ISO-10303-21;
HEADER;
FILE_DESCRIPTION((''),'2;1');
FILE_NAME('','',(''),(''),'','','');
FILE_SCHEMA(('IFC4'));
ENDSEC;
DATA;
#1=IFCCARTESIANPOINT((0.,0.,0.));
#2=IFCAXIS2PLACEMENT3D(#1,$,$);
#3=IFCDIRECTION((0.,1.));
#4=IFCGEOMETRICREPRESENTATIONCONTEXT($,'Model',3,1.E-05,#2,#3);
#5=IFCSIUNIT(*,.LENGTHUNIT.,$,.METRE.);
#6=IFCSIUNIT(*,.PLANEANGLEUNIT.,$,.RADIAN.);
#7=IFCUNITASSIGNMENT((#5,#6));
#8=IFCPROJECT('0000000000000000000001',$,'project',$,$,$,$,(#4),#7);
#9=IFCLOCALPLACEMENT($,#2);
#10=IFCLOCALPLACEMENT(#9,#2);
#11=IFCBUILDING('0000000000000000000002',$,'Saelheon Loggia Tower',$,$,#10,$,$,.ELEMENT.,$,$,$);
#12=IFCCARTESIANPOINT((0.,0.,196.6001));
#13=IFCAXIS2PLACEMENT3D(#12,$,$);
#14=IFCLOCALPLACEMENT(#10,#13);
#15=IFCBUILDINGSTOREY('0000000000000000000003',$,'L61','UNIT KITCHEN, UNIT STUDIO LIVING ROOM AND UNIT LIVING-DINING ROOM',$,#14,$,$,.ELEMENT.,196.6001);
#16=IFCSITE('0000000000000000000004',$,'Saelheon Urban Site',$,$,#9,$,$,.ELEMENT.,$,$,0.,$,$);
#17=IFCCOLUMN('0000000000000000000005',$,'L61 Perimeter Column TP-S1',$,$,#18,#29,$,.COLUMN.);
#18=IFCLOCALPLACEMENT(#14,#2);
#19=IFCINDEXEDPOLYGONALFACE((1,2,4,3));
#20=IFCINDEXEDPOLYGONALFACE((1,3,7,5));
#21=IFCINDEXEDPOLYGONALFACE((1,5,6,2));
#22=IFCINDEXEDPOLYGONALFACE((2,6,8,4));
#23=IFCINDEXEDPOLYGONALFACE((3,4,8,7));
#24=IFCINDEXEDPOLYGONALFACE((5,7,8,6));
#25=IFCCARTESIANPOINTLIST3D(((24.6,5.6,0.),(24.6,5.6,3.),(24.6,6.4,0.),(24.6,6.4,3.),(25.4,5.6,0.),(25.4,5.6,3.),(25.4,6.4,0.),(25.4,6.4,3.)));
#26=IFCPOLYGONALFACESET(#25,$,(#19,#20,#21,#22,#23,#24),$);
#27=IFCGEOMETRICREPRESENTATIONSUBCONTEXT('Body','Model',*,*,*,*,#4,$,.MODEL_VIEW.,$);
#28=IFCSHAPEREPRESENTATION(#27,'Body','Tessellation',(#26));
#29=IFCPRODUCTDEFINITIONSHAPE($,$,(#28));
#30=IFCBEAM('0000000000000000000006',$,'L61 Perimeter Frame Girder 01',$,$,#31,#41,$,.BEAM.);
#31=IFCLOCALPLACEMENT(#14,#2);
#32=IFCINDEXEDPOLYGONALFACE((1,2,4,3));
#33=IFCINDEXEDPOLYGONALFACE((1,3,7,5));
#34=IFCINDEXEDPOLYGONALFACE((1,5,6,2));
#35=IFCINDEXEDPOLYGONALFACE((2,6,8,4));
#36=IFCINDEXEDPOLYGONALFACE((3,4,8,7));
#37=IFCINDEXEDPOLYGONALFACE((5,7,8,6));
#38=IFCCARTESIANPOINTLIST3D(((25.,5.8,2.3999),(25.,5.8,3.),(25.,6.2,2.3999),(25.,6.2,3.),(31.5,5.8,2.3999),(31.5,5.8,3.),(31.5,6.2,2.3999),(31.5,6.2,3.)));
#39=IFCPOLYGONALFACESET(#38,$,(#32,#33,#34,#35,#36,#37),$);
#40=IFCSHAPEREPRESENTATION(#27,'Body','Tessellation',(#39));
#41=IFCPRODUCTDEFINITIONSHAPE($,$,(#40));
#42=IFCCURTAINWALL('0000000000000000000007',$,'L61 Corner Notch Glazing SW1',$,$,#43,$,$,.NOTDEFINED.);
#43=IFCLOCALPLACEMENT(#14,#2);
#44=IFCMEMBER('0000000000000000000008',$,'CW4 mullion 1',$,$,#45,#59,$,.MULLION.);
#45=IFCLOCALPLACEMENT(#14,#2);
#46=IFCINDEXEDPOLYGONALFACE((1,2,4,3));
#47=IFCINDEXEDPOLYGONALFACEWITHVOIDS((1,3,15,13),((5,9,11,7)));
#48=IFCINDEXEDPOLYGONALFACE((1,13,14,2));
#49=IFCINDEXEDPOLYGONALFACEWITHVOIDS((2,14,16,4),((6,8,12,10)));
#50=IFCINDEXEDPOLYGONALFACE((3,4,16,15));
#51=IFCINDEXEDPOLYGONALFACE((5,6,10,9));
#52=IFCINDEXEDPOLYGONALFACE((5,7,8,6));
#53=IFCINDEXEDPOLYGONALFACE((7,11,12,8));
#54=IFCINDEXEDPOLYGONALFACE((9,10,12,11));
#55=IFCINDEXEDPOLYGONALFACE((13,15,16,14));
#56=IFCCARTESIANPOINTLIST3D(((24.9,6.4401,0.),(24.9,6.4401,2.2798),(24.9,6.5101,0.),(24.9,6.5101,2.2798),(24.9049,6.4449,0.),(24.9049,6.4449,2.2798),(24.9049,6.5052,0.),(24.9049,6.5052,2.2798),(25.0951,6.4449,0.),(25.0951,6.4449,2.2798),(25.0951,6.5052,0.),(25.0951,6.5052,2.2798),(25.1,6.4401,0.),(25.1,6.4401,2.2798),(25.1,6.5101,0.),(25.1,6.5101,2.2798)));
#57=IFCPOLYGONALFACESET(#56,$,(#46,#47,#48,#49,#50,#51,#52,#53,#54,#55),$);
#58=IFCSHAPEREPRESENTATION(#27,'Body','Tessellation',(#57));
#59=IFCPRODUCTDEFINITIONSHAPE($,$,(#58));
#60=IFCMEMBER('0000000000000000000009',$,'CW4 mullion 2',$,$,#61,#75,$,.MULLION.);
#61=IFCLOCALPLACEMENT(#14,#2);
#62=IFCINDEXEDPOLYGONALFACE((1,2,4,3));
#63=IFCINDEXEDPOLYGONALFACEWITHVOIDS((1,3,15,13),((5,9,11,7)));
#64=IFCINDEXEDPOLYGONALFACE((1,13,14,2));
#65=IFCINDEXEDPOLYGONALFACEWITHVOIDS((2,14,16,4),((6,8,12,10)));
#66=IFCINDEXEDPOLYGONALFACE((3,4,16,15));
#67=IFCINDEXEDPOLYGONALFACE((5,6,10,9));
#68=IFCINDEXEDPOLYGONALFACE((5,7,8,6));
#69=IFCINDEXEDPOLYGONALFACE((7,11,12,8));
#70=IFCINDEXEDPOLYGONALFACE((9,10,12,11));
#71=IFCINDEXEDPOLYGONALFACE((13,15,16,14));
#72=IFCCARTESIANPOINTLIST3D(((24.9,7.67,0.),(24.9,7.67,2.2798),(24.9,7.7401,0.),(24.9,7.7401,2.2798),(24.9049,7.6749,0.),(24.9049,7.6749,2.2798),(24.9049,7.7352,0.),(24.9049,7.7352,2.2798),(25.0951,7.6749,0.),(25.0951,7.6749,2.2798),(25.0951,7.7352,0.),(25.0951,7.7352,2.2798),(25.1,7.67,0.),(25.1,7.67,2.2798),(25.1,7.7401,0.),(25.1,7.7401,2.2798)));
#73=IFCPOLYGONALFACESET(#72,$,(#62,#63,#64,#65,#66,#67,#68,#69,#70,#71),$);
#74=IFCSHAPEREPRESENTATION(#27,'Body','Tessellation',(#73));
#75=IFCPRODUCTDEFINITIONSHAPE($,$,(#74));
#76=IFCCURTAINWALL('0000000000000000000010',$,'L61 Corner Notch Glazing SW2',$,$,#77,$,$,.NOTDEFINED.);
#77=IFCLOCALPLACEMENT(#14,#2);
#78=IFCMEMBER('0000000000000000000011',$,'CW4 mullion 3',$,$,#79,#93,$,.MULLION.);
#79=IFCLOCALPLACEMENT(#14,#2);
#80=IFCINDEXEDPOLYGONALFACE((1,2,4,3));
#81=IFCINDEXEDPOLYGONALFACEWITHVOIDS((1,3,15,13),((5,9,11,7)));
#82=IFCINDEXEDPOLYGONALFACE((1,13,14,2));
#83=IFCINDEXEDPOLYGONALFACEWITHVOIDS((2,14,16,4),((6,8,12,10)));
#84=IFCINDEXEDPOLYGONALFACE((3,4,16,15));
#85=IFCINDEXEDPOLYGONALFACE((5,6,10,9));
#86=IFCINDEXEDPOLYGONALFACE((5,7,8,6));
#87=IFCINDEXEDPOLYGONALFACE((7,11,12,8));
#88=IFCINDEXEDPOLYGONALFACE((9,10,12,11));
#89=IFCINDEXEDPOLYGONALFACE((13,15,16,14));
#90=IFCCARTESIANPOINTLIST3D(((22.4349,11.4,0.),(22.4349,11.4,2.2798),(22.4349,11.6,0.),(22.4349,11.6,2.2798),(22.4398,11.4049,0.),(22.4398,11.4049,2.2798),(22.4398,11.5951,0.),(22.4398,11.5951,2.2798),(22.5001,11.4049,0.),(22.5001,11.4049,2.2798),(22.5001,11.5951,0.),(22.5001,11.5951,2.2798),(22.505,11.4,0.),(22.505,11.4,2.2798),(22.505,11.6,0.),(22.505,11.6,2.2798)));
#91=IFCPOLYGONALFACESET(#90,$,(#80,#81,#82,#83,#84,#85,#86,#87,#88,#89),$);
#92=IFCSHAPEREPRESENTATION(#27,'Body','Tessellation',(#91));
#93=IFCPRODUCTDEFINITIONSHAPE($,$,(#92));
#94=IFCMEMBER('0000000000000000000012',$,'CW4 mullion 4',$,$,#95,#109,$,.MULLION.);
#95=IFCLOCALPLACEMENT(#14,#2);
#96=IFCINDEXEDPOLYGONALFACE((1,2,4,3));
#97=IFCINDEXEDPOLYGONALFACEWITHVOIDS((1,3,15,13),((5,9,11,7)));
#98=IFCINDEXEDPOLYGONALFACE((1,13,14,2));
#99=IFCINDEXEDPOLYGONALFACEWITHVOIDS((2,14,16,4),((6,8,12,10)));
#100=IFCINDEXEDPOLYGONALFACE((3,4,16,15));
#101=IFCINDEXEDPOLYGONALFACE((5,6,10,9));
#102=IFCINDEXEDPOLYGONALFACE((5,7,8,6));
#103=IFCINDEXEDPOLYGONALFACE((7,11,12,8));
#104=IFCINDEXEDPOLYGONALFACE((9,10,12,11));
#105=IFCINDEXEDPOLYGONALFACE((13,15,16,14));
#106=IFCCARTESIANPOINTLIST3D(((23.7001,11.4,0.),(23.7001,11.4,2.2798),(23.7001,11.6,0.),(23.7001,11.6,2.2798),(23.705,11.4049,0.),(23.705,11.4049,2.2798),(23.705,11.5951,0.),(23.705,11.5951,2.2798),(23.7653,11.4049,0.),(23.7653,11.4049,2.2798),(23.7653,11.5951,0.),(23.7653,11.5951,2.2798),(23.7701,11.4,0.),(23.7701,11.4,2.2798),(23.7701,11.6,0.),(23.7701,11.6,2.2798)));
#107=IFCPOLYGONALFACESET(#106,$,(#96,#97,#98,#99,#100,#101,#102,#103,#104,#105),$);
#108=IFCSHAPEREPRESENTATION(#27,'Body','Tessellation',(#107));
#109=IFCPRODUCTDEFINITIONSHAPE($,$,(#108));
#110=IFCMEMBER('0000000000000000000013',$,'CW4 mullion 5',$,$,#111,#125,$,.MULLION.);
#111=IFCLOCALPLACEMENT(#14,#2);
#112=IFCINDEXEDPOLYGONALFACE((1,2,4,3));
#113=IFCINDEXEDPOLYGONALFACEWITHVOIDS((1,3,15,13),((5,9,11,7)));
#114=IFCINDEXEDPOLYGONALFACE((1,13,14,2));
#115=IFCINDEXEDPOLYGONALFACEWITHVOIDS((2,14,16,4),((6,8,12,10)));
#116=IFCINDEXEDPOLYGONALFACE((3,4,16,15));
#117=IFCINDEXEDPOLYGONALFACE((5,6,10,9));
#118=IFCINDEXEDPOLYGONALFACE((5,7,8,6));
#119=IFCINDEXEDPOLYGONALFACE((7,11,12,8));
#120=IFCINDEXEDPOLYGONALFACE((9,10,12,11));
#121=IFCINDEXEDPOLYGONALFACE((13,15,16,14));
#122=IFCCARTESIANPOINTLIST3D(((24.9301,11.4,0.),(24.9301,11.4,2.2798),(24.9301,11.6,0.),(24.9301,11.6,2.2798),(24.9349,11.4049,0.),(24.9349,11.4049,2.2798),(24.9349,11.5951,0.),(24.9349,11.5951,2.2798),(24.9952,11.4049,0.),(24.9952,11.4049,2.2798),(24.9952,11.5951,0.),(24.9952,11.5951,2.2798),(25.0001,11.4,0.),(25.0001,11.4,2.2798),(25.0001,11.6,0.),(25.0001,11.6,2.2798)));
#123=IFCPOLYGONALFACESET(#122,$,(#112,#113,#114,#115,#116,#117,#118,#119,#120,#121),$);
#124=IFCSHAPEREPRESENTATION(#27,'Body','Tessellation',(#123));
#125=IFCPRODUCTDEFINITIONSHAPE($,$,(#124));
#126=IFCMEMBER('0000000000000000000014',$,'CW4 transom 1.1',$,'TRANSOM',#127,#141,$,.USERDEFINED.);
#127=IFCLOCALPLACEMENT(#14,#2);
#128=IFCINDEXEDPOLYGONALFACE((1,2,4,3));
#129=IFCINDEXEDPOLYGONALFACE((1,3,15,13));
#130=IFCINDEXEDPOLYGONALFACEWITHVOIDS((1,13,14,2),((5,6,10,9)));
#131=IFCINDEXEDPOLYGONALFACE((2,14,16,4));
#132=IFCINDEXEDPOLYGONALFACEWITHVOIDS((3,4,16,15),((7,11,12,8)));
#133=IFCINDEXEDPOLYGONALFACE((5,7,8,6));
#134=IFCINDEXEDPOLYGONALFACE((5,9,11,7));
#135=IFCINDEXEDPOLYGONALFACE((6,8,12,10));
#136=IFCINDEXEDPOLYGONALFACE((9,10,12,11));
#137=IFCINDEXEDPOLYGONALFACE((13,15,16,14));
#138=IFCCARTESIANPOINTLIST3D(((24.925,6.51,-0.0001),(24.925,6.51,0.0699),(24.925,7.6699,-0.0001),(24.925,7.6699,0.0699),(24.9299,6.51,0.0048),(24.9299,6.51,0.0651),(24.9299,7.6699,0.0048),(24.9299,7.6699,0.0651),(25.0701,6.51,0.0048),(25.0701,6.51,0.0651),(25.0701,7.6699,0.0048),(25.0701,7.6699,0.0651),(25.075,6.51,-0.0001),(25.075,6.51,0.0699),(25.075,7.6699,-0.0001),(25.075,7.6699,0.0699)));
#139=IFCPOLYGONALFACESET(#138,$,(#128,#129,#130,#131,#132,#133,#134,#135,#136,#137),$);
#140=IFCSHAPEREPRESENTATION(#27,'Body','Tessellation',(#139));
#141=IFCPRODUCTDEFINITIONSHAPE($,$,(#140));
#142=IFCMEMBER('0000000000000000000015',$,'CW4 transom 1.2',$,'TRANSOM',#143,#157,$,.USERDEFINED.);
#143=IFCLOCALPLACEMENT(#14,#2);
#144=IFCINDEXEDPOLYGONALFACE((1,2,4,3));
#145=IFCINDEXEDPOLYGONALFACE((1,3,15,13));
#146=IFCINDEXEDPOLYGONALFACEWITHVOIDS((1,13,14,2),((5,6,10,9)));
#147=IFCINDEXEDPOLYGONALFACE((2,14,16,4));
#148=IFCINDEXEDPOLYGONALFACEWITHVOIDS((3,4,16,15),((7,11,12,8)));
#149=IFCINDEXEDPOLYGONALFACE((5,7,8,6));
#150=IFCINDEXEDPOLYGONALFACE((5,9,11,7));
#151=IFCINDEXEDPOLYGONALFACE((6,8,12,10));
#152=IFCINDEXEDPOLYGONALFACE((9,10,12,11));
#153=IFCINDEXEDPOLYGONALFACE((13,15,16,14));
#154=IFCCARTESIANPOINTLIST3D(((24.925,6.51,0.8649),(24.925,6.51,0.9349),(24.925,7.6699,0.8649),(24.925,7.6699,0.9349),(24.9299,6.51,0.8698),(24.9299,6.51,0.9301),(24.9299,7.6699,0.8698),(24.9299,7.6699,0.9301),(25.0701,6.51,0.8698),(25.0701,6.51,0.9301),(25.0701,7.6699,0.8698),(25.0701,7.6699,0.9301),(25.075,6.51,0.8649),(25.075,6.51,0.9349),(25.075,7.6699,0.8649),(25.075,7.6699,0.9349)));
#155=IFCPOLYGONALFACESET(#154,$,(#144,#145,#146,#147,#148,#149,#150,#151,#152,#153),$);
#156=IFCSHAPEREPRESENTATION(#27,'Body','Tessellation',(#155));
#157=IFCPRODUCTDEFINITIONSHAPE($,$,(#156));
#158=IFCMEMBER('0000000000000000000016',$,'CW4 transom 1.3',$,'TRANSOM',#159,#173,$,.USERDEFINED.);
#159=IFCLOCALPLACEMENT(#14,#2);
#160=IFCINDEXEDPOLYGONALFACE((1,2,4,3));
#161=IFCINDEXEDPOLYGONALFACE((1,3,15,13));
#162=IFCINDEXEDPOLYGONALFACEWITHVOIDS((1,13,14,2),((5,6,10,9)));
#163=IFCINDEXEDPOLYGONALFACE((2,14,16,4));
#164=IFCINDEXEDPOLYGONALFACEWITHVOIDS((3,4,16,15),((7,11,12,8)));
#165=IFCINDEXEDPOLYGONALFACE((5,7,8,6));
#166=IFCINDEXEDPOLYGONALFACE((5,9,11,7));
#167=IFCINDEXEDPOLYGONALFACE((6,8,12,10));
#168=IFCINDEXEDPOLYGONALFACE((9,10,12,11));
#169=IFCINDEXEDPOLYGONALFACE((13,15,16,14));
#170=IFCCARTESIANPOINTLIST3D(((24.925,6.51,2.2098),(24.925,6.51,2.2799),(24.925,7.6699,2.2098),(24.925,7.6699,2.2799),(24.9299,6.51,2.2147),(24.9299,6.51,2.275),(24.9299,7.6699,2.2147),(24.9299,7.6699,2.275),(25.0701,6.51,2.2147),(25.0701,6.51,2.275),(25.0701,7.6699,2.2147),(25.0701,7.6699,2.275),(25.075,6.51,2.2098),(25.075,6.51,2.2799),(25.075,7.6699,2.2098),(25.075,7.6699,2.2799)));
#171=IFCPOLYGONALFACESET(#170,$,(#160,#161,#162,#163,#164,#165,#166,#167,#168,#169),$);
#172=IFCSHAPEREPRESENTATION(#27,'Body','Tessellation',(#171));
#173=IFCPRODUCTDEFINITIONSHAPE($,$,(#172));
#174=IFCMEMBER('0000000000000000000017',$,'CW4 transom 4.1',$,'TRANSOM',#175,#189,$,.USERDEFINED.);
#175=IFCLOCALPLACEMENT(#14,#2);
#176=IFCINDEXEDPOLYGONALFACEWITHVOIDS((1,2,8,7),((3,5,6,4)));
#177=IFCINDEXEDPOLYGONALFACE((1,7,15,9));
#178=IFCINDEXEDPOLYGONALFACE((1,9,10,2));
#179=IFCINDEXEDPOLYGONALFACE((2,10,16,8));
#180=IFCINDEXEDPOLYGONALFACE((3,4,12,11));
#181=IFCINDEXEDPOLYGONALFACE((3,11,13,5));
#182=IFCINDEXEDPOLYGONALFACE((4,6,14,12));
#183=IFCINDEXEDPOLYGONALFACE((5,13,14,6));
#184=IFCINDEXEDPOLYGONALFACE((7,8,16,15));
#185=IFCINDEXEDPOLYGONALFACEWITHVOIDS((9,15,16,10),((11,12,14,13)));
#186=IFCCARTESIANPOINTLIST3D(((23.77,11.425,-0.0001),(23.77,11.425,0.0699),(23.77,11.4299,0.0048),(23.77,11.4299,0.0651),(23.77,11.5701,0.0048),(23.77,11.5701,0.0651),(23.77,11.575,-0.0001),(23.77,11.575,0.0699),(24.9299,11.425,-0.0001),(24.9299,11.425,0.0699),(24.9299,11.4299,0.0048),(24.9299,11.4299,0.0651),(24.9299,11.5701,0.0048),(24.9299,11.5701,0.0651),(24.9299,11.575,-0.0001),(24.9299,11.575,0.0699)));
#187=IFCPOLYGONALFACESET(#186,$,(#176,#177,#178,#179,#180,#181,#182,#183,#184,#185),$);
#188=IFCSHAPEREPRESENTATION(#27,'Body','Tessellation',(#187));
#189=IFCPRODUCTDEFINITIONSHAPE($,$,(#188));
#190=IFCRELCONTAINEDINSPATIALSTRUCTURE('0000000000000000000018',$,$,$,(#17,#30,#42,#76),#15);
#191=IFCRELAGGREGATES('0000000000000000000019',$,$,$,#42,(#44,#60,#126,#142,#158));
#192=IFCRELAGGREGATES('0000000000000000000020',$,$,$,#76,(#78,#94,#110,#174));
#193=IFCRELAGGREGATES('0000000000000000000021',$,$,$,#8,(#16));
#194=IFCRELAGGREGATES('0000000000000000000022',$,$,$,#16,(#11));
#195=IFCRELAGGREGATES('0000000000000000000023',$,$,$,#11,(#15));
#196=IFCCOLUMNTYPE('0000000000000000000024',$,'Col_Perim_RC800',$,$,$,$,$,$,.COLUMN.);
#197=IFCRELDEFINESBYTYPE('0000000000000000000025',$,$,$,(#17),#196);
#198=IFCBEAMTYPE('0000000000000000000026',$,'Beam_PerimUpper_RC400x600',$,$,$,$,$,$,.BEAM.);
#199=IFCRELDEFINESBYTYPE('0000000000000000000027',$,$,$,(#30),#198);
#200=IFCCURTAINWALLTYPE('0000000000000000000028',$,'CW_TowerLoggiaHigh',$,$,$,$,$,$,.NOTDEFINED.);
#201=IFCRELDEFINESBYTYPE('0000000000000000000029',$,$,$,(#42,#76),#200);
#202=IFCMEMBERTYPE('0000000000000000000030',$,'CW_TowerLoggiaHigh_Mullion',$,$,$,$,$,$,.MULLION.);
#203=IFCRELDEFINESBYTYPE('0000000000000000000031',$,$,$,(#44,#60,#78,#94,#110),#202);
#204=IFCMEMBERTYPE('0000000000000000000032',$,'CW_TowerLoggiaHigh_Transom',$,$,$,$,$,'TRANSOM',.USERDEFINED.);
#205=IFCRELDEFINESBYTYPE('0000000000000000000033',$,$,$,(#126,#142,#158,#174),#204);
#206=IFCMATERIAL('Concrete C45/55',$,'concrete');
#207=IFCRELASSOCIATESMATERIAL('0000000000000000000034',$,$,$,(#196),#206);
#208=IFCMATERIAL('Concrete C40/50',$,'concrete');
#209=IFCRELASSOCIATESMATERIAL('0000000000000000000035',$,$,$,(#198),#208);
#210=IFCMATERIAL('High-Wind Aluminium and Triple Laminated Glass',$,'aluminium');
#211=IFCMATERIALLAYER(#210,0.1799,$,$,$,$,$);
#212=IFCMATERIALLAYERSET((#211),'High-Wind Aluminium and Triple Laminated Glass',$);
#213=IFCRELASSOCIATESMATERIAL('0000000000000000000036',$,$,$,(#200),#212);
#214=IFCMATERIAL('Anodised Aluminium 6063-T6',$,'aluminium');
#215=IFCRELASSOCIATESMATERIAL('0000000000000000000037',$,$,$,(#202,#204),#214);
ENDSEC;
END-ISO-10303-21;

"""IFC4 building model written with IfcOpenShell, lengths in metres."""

from ifc_helpers import new_model, si_unit, direction, frame, origin, origin_2d, place, context, subcontext, project, spatial, rectangle, hollow_rectangle, extrude, source, transform, mapped, material, layer, layer_set, material_profile, profile_set, type_object, element, aggregate, save


model = new_model("IFC4")

# Units and contexts
model_context = context("Model", 3, precision=1e-05, world=origin(), true_north=direction((0.0, 1.0)))
body_context = subcontext(model_context, "Body", "Model", "MODEL_VIEW")
ifc_project = project(units=[si_unit("LENGTHUNIT", "METRE"), si_unit("PLANEANGLEUNIT", "RADIAN")], contexts=[model_context])

# Site, building, storey
site_placement = place(None, origin())
site = spatial("IfcSite", under=ifc_project, at=site_placement, Name="Saelheon Urban Site", CompositionType="ELEMENT", RefElevation=0.0)
building_placement = place(site_placement, origin())
building = spatial("IfcBuilding", under=site, at=building_placement, Name="Saelheon Loggia Tower", CompositionType="ELEMENT")
storey_placement = place(building_placement, frame((0.0, 0.0, 196.6001)))
storey = spatial("IfcBuildingStorey", under=building, at=storey_placement, Name="L61", Description="UNIT KITCHEN, UNIT STUDIO LIVING ROOM AND UNIT LIVING-DINING ROOM", CompositionType="ELEMENT", Elevation=196.6001)

# Column
ifc_material_1 = material(Name="Concrete C45/55", Category="concrete")
ifc_material_profile_1 = material_profile(ifc_material_1, rectangle(XDim=0.8, YDim=0.8, at=origin_2d()), Name="RC-800x800")
ifc_profile_set_1 = profile_set([ifc_material_profile_1], Name="Concrete C45/55")
column_type = type_object("IfcColumnType", Name="Col_Perim_RC800", PredefinedType="COLUMN", material=ifc_profile_set_1)
shared_shape_1 = source(origin(), body_context, "Body", "SweptSolid", [
    extrude(rectangle(XDim=0.8, YDim=0.8, at=origin_2d()), origin(), (0.0, 0.0, 1.0), 3.0),
])
column_placement = place(storey_placement, frame((25.0, 6.0, 0.0), z_axis=(0.0, 0.0, 1.0), x_axis=(1.0, 0.0, 0.0)))
element("IfcColumn", 1, at=column_placement, inside=storey, type_object=column_type, Name="L61 Perimeter Column TP-S1", PredefinedType="COLUMN", context=body_context, shape_type="MappedRepresentation", body=[
    mapped(shared_shape_1, transform((0.0, 0.0, 0.0), scale=1.0)),
])

# Beam
ifc_material_2 = material(Name="Concrete C40/50", Category="concrete")
ifc_material_profile_2 = material_profile(ifc_material_2, rectangle(XDim=0.3999, YDim=0.6001, at=origin_2d()), Name="RC-400x600")
ifc_profile_set_2 = profile_set([ifc_material_profile_2], Name="Concrete C40/50")
beam_type = type_object("IfcBeamType", Name="Beam_PerimUpper_RC400x600", PredefinedType="BEAM", material=ifc_profile_set_2)
shared_shape_2 = source(origin(), body_context, "Body", "SweptSolid", [
    extrude(rectangle(XDim=0.3999, YDim=0.6001, at=origin_2d()), origin(), (0.0, 0.0, 1.0), 6.5),
])
beam_placement = place(storey_placement, frame((25.0, 6.0, 2.7), z_axis=(1.0, 0.0, 0.0), x_axis=(0.0, 1.0, 0.0)))
element("IfcBeam", 2, at=beam_placement, inside=storey, type_object=beam_type, Name="L61 Perimeter Frame Girder 01", PredefinedType="BEAM", context=body_context, shape_type="MappedRepresentation", body=[
    mapped(shared_shape_2, transform((0.0, 0.0, 0.0), scale=1.0)),
])

# Curtain walls, members
ifc_material_3 = material(Name="High-Wind Aluminium and Triple Laminated Glass", Category="aluminium")
ifc_layer_1 = layer(ifc_material_3, 0.1799)
ifc_layer_set_1 = layer_set([ifc_layer_1], Name="High-Wind Aluminium and Triple Laminated Glass")
curtain_wall_type = type_object("IfcCurtainWallType", Name="CW_TowerLoggiaHigh", PredefinedType="NOTDEFINED", material=ifc_layer_set_1)
curtain_wall_1_placement = place(storey_placement, origin())
curtain_wall_1 = element("IfcCurtainWall", 3, at=curtain_wall_1_placement, inside=storey, type_object=curtain_wall_type, Name="L61 Corner Notch Glazing SW1", PredefinedType="NOTDEFINED")
ifc_material_4 = material(Name="Anodised Aluminium 6063-T6", Category="aluminium")
ifc_material_profile_3 = material_profile(ifc_material_4, hollow_rectangle(XDim=0.0701, YDim=0.2, WallThickness=0.0049, at=origin_2d()), Name="RHS-200x70x5")
ifc_profile_set_3 = profile_set([ifc_material_profile_3], Name="Anodised Aluminium 6063-T6")
member_type_1 = type_object("IfcMemberType", Name="CW_TowerLoggiaHigh_Mullion", PredefinedType="MULLION", material=ifc_profile_set_3)
shared_shape_3 = source(origin(), body_context, "Body", "SweptSolid", [
    extrude(hollow_rectangle(XDim=0.0701, YDim=0.2, WallThickness=0.0049, at=origin_2d()), origin(), (0.0, 0.0, 1.0), 2.2798),
])
member_1_placement = place(storey_placement, frame((25.0, 6.4751, 0.0), z_axis=(0.0, 0.0, 1.0), x_axis=(0.0, 1.0, 0.0)))
member_1 = element("IfcMember", 4, at=member_1_placement, type_object=member_type_1, Name="CW4 mullion 1", PredefinedType="MULLION", context=body_context, shape_type="MappedRepresentation", body=[
    mapped(shared_shape_3, transform((0.0, 0.0, 0.0), scale=1.0)),
])
member_2_placement = place(storey_placement, frame((25.0, 7.7051, 0.0), z_axis=(0.0, 0.0, 1.0), x_axis=(0.0, 1.0, 0.0)))
member_2 = element("IfcMember", 5, at=member_2_placement, type_object=member_type_1, Name="CW4 mullion 2", PredefinedType="MULLION", context=body_context, shape_type="MappedRepresentation", body=[
    mapped(shared_shape_3, transform((0.0, 0.0, 0.0), scale=1.0)),
])
curtain_wall_2_placement = place(storey_placement, origin())
curtain_wall_2 = element("IfcCurtainWall", 6, at=curtain_wall_2_placement, inside=storey, type_object=curtain_wall_type, Name="L61 Corner Notch Glazing SW2", PredefinedType="NOTDEFINED")
member_3_placement = place(storey_placement, frame((22.47, 11.5, 0.0), z_axis=(0.0, 0.0, 1.0), x_axis=(1.0, 0.0, 0.0)))
member_3 = element("IfcMember", 7, at=member_3_placement, type_object=member_type_1, Name="CW4 mullion 3", PredefinedType="MULLION", context=body_context, shape_type="MappedRepresentation", body=[
    mapped(shared_shape_3, transform((0.0, 0.0, 0.0), scale=1.0)),
])
member_4_placement = place(storey_placement, frame((23.7351, 11.5, 0.0), z_axis=(0.0, 0.0, 1.0), x_axis=(1.0, 0.0, 0.0)))
member_4 = element("IfcMember", 8, at=member_4_placement, type_object=member_type_1, Name="CW4 mullion 4", PredefinedType="MULLION", context=body_context, shape_type="MappedRepresentation", body=[
    mapped(shared_shape_3, transform((0.0, 0.0, 0.0), scale=1.0)),
])
member_5_placement = place(storey_placement, frame((24.9651, 11.5, 0.0), z_axis=(0.0, 0.0, 1.0), x_axis=(1.0, 0.0, 0.0)))
member_5 = element("IfcMember", 9, at=member_5_placement, type_object=member_type_1, Name="CW4 mullion 5", PredefinedType="MULLION", context=body_context, shape_type="MappedRepresentation", body=[
    mapped(shared_shape_3, transform((0.0, 0.0, 0.0), scale=1.0)),
])

# Members
ifc_material_profile_4 = material_profile(ifc_material_4, hollow_rectangle(XDim=0.0701, YDim=0.1499, WallThickness=0.0049, at=origin_2d()), Name="RHS-150x70x5")
ifc_profile_set_4 = profile_set([ifc_material_profile_4], Name="Anodised Aluminium 6063-T6")
member_type_2 = type_object("IfcMemberType", Name="CW_TowerLoggiaHigh_Transom", ElementType="TRANSOM", PredefinedType="USERDEFINED", material=ifc_profile_set_4)
shared_shape_4 = source(origin(), body_context, "Body", "SweptSolid", [
    extrude(hollow_rectangle(XDim=0.0701, YDim=0.1499, WallThickness=0.0049, at=origin_2d()), origin(), (0.0, 0.0, 1.0), 1.1599),
])
member_6_placement = place(storey_placement, frame((25.0, 6.51, 0.0349), z_axis=(0.0, 1.0, 0.0), x_axis=(0.0, 0.0, 1.0)))
member_6 = element("IfcMember", 10, at=member_6_placement, type_object=member_type_2, Name="CW4 transom 1.1", ObjectType="TRANSOM", PredefinedType="USERDEFINED", context=body_context, shape_type="MappedRepresentation", body=[
    mapped(shared_shape_4, transform((0.0, 0.0, 0.0), scale=1.0)),
])
member_7_placement = place(storey_placement, frame((25.0, 6.51, 0.8999), z_axis=(0.0, 1.0, 0.0), x_axis=(0.0, 0.0, 1.0)))
member_7 = element("IfcMember", 11, at=member_7_placement, type_object=member_type_2, Name="CW4 transom 1.2", ObjectType="TRANSOM", PredefinedType="USERDEFINED", context=body_context, shape_type="MappedRepresentation", body=[
    mapped(shared_shape_4, transform((0.0, 0.0, 0.0), scale=1.0)),
])
member_8_placement = place(storey_placement, frame((25.0, 6.51, 2.2449), z_axis=(0.0, 1.0, 0.0), x_axis=(0.0, 0.0, 1.0)))
member_8 = element("IfcMember", 12, at=member_8_placement, type_object=member_type_2, Name="CW4 transom 1.3", ObjectType="TRANSOM", PredefinedType="USERDEFINED", context=body_context, shape_type="MappedRepresentation", body=[
    mapped(shared_shape_4, transform((0.0, 0.0, 0.0), scale=1.0)),
])
member_9_placement = place(storey_placement, frame((23.77, 11.5, 0.0349), z_axis=(1.0, 0.0, 0.0), x_axis=(0.0, 0.0, 1.0)))
member_9 = element("IfcMember", 13, at=member_9_placement, type_object=member_type_2, Name="CW4 transom 4.1", ObjectType="TRANSOM", PredefinedType="USERDEFINED", context=body_context, shape_type="MappedRepresentation", body=[
    mapped(shared_shape_4, transform((0.0, 0.0, 0.0), scale=1.0)),
])

aggregate(curtain_wall_1, [member_1, member_2, member_6, member_7, member_8])
aggregate(curtain_wall_2, [member_3, member_4, member_5, member_9])

save(model, "model.ifc")
